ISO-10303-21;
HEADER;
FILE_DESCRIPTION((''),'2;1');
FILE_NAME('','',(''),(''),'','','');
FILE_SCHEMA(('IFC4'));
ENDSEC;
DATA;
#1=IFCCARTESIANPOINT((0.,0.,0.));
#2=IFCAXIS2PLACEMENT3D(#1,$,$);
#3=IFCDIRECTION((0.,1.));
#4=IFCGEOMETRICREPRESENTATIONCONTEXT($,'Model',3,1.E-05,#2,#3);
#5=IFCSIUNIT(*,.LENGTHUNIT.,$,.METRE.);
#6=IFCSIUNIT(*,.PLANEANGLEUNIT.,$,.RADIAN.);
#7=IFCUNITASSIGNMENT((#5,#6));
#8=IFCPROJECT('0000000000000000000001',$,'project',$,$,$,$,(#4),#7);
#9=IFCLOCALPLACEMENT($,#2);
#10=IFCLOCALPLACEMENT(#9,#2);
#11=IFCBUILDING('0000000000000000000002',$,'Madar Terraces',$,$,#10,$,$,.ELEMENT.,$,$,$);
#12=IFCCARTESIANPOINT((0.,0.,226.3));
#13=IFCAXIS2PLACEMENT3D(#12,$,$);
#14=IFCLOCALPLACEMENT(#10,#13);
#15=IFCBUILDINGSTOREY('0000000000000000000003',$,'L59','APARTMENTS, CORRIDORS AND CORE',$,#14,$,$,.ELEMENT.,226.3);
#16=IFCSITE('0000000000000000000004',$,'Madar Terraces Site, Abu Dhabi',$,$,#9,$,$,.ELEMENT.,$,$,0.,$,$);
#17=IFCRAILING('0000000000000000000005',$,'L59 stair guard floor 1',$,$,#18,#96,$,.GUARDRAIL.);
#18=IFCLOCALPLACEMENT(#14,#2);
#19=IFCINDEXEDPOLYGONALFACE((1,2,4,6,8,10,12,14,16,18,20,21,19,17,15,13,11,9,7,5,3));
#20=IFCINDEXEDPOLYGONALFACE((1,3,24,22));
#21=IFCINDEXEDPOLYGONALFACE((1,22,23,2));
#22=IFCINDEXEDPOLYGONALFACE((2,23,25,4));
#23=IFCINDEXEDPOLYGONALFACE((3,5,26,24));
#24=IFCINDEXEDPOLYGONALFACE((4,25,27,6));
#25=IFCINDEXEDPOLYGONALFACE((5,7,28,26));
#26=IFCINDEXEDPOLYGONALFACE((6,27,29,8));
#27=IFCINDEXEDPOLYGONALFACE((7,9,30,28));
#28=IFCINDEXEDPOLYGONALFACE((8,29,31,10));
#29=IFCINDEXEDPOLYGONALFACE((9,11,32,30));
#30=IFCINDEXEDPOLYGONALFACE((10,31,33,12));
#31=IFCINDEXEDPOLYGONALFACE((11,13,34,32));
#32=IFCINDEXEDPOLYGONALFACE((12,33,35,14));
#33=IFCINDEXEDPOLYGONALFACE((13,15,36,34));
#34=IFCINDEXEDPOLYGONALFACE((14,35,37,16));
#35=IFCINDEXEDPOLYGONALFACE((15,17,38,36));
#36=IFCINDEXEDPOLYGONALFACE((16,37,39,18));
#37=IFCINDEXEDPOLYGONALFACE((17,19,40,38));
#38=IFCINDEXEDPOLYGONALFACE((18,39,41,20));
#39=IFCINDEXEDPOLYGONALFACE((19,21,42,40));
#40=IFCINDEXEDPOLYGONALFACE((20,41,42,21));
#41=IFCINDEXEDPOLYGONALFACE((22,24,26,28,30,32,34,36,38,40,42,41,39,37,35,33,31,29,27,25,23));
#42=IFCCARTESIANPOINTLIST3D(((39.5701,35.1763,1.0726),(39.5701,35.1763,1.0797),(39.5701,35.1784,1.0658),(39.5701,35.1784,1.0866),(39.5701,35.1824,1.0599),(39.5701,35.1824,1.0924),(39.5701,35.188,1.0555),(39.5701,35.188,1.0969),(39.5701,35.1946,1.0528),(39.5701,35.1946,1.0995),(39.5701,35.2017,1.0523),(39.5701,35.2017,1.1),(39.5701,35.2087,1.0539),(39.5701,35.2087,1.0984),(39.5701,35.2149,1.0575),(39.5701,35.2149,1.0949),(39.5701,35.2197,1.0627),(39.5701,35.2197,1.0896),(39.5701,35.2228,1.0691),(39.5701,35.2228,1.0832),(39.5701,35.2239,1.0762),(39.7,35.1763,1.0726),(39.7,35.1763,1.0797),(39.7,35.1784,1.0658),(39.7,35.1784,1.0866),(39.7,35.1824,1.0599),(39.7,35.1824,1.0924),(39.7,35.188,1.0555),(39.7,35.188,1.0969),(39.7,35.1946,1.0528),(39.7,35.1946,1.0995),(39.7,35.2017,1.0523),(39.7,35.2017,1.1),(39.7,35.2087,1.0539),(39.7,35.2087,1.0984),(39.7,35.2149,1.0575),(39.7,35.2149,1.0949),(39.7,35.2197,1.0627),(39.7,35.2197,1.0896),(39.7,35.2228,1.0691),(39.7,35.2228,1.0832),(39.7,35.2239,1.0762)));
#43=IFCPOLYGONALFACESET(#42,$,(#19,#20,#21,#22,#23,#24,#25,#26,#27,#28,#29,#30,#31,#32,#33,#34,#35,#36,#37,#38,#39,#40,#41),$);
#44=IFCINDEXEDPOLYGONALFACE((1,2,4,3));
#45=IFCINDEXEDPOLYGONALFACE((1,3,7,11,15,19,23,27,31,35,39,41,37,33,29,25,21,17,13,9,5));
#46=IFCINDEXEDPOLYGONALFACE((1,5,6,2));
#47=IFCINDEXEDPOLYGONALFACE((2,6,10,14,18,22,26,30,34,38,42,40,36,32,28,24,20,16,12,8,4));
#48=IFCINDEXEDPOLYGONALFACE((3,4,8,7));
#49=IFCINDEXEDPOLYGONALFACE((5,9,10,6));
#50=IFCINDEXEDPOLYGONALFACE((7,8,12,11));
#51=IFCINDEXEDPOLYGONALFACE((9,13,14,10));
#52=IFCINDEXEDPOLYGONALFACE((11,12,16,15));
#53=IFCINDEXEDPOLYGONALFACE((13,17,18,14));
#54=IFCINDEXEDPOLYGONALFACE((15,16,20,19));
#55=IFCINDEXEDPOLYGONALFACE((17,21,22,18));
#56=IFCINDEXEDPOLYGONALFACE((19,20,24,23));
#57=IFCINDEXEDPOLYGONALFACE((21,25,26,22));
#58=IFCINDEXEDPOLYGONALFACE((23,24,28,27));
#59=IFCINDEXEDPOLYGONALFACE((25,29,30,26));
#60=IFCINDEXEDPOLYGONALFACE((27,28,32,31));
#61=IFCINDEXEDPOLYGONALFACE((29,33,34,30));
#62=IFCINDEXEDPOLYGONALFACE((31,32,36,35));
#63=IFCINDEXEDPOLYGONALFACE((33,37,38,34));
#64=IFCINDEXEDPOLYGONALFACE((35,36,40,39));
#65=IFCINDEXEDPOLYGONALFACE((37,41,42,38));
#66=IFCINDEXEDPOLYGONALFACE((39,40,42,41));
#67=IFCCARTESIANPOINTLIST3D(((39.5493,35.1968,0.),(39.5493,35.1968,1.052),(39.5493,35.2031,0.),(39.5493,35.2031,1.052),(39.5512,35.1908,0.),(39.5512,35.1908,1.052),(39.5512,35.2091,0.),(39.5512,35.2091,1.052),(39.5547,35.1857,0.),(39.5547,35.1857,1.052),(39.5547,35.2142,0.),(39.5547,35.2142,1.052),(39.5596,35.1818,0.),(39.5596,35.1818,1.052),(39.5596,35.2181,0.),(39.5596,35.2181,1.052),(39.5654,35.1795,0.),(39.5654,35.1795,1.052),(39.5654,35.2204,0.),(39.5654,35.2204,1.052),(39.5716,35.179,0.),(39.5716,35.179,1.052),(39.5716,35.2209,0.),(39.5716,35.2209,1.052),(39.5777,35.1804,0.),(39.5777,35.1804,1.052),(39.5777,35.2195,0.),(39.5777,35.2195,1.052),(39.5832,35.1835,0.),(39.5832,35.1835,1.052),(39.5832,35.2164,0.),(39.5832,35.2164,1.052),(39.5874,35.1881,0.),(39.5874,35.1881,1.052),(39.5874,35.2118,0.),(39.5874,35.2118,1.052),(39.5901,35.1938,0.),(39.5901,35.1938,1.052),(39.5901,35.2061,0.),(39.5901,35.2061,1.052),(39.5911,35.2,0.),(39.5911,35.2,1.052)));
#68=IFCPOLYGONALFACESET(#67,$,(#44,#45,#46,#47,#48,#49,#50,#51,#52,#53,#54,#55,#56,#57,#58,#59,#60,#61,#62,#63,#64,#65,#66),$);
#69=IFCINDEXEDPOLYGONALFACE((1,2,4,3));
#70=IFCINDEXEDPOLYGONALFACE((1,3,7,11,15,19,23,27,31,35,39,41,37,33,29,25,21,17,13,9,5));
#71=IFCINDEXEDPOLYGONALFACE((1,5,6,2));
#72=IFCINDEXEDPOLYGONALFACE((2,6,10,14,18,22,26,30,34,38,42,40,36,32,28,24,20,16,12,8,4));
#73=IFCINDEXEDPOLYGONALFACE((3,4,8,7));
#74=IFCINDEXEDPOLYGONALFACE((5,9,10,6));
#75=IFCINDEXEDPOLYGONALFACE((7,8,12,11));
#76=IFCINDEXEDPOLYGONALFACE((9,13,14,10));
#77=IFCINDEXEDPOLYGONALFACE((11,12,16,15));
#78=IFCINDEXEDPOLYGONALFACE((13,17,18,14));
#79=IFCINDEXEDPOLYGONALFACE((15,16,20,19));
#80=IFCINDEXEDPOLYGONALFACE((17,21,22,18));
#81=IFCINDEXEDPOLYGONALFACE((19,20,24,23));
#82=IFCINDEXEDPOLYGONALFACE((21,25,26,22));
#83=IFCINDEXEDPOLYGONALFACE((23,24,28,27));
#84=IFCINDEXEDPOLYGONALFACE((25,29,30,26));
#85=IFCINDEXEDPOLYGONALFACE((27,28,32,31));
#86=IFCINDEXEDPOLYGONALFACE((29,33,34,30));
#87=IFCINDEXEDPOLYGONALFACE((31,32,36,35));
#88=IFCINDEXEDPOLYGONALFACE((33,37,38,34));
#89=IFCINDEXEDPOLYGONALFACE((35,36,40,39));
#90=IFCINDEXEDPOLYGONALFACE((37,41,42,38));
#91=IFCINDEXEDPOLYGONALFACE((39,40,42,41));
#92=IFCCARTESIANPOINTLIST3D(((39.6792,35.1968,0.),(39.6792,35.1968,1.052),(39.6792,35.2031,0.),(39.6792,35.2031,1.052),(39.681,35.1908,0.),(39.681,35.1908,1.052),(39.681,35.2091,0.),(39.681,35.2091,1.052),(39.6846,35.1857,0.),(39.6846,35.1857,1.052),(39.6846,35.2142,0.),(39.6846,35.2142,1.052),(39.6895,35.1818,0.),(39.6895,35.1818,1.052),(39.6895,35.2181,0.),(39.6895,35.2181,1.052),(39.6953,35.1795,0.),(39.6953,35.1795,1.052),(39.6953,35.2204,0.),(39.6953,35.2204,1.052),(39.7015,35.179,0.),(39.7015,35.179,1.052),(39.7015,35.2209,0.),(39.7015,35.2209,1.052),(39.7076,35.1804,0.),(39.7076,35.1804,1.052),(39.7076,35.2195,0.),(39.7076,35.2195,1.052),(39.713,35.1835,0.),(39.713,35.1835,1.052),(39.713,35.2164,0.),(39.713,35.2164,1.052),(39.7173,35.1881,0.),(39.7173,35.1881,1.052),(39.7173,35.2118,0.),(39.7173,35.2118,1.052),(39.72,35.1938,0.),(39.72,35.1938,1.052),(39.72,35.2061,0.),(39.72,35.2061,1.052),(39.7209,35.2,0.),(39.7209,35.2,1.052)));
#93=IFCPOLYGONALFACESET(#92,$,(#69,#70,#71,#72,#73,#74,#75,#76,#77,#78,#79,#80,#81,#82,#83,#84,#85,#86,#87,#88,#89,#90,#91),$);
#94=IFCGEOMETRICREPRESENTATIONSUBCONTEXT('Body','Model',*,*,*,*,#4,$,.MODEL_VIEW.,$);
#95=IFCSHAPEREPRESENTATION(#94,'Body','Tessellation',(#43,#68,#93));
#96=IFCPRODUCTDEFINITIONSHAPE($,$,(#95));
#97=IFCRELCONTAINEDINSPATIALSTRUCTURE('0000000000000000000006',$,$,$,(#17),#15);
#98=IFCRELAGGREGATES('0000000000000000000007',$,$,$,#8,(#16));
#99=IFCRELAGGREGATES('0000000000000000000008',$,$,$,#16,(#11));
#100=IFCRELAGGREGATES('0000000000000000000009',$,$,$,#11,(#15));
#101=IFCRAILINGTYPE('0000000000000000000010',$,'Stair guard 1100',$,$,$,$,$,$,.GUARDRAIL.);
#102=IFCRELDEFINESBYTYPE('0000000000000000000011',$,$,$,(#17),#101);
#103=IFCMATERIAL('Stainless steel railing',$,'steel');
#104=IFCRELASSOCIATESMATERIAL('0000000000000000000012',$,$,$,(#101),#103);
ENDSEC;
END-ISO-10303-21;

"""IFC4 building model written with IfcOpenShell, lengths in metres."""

from ifc_helpers import new_model, si_unit, direction, frame, origin, origin_2d, place, context, subcontext, project, spatial, circle, extrude, material, type_object, element, save


model = new_model("IFC4")

# Units and contexts
model_context = context("Model", 3, precision=1e-05, world=origin(), true_north=direction((0.0, 1.0)))
body_context = subcontext(model_context, "Body", "Model", "MODEL_VIEW")
ifc_project = project(units=[si_unit("LENGTHUNIT", "METRE"), si_unit("PLANEANGLEUNIT", "RADIAN")], contexts=[model_context])

# Site, building, storey
site_placement = place(None, origin())
site = spatial("IfcSite", under=ifc_project, at=site_placement, Name="Madar Terraces Site, Abu Dhabi", CompositionType="ELEMENT", RefElevation=0.0)
building_placement = place(site_placement, origin())
building = spatial("IfcBuilding", under=site, at=building_placement, Name="Madar Terraces", CompositionType="ELEMENT")
storey_placement = place(building_placement, frame((0.0, 0.0, 226.3)))
storey = spatial("IfcBuildingStorey", under=building, at=storey_placement, Name="L59", Description="APARTMENTS, CORRIDORS AND CORE", CompositionType="ELEMENT", Elevation=226.3)

# Railing
ifc_material_1 = material(Name="Stainless steel railing", Category="steel")
railing_type_1 = type_object("IfcRailingType", Name="Stair guard 1100", PredefinedType="GUARDRAIL", material=ifc_material_1)
railing_1_placement = place(storey_placement, frame((39.5701, 35.2, 0.0)))
element("IfcRailing", 1, at=railing_1_placement, inside=storey, type_object=railing_type_1, Name="L59 stair guard floor 1", PredefinedType="GUARDRAIL", context=body_context, shape_type="SweptSolid", body=[
    extrude(circle(Radius=0.0239, at=origin_2d()), frame((0.0, 0.0, 1.0762), z_axis=(1.0, 0.0, 0.0), x_axis=(0.0, 1.0, 0.0)), (0.0, 0.0, 1.0), 0.1299),
    extrude(circle(Radius=0.021, at=origin_2d()), origin(), (0.0, 0.0, 1.0), 1.052),
    extrude(circle(Radius=0.021, at=origin_2d()), frame((0.1299, 0.0, 0.0)), (0.0, 0.0, 1.0), 1.052),
])

save(model, "model.ifc")
